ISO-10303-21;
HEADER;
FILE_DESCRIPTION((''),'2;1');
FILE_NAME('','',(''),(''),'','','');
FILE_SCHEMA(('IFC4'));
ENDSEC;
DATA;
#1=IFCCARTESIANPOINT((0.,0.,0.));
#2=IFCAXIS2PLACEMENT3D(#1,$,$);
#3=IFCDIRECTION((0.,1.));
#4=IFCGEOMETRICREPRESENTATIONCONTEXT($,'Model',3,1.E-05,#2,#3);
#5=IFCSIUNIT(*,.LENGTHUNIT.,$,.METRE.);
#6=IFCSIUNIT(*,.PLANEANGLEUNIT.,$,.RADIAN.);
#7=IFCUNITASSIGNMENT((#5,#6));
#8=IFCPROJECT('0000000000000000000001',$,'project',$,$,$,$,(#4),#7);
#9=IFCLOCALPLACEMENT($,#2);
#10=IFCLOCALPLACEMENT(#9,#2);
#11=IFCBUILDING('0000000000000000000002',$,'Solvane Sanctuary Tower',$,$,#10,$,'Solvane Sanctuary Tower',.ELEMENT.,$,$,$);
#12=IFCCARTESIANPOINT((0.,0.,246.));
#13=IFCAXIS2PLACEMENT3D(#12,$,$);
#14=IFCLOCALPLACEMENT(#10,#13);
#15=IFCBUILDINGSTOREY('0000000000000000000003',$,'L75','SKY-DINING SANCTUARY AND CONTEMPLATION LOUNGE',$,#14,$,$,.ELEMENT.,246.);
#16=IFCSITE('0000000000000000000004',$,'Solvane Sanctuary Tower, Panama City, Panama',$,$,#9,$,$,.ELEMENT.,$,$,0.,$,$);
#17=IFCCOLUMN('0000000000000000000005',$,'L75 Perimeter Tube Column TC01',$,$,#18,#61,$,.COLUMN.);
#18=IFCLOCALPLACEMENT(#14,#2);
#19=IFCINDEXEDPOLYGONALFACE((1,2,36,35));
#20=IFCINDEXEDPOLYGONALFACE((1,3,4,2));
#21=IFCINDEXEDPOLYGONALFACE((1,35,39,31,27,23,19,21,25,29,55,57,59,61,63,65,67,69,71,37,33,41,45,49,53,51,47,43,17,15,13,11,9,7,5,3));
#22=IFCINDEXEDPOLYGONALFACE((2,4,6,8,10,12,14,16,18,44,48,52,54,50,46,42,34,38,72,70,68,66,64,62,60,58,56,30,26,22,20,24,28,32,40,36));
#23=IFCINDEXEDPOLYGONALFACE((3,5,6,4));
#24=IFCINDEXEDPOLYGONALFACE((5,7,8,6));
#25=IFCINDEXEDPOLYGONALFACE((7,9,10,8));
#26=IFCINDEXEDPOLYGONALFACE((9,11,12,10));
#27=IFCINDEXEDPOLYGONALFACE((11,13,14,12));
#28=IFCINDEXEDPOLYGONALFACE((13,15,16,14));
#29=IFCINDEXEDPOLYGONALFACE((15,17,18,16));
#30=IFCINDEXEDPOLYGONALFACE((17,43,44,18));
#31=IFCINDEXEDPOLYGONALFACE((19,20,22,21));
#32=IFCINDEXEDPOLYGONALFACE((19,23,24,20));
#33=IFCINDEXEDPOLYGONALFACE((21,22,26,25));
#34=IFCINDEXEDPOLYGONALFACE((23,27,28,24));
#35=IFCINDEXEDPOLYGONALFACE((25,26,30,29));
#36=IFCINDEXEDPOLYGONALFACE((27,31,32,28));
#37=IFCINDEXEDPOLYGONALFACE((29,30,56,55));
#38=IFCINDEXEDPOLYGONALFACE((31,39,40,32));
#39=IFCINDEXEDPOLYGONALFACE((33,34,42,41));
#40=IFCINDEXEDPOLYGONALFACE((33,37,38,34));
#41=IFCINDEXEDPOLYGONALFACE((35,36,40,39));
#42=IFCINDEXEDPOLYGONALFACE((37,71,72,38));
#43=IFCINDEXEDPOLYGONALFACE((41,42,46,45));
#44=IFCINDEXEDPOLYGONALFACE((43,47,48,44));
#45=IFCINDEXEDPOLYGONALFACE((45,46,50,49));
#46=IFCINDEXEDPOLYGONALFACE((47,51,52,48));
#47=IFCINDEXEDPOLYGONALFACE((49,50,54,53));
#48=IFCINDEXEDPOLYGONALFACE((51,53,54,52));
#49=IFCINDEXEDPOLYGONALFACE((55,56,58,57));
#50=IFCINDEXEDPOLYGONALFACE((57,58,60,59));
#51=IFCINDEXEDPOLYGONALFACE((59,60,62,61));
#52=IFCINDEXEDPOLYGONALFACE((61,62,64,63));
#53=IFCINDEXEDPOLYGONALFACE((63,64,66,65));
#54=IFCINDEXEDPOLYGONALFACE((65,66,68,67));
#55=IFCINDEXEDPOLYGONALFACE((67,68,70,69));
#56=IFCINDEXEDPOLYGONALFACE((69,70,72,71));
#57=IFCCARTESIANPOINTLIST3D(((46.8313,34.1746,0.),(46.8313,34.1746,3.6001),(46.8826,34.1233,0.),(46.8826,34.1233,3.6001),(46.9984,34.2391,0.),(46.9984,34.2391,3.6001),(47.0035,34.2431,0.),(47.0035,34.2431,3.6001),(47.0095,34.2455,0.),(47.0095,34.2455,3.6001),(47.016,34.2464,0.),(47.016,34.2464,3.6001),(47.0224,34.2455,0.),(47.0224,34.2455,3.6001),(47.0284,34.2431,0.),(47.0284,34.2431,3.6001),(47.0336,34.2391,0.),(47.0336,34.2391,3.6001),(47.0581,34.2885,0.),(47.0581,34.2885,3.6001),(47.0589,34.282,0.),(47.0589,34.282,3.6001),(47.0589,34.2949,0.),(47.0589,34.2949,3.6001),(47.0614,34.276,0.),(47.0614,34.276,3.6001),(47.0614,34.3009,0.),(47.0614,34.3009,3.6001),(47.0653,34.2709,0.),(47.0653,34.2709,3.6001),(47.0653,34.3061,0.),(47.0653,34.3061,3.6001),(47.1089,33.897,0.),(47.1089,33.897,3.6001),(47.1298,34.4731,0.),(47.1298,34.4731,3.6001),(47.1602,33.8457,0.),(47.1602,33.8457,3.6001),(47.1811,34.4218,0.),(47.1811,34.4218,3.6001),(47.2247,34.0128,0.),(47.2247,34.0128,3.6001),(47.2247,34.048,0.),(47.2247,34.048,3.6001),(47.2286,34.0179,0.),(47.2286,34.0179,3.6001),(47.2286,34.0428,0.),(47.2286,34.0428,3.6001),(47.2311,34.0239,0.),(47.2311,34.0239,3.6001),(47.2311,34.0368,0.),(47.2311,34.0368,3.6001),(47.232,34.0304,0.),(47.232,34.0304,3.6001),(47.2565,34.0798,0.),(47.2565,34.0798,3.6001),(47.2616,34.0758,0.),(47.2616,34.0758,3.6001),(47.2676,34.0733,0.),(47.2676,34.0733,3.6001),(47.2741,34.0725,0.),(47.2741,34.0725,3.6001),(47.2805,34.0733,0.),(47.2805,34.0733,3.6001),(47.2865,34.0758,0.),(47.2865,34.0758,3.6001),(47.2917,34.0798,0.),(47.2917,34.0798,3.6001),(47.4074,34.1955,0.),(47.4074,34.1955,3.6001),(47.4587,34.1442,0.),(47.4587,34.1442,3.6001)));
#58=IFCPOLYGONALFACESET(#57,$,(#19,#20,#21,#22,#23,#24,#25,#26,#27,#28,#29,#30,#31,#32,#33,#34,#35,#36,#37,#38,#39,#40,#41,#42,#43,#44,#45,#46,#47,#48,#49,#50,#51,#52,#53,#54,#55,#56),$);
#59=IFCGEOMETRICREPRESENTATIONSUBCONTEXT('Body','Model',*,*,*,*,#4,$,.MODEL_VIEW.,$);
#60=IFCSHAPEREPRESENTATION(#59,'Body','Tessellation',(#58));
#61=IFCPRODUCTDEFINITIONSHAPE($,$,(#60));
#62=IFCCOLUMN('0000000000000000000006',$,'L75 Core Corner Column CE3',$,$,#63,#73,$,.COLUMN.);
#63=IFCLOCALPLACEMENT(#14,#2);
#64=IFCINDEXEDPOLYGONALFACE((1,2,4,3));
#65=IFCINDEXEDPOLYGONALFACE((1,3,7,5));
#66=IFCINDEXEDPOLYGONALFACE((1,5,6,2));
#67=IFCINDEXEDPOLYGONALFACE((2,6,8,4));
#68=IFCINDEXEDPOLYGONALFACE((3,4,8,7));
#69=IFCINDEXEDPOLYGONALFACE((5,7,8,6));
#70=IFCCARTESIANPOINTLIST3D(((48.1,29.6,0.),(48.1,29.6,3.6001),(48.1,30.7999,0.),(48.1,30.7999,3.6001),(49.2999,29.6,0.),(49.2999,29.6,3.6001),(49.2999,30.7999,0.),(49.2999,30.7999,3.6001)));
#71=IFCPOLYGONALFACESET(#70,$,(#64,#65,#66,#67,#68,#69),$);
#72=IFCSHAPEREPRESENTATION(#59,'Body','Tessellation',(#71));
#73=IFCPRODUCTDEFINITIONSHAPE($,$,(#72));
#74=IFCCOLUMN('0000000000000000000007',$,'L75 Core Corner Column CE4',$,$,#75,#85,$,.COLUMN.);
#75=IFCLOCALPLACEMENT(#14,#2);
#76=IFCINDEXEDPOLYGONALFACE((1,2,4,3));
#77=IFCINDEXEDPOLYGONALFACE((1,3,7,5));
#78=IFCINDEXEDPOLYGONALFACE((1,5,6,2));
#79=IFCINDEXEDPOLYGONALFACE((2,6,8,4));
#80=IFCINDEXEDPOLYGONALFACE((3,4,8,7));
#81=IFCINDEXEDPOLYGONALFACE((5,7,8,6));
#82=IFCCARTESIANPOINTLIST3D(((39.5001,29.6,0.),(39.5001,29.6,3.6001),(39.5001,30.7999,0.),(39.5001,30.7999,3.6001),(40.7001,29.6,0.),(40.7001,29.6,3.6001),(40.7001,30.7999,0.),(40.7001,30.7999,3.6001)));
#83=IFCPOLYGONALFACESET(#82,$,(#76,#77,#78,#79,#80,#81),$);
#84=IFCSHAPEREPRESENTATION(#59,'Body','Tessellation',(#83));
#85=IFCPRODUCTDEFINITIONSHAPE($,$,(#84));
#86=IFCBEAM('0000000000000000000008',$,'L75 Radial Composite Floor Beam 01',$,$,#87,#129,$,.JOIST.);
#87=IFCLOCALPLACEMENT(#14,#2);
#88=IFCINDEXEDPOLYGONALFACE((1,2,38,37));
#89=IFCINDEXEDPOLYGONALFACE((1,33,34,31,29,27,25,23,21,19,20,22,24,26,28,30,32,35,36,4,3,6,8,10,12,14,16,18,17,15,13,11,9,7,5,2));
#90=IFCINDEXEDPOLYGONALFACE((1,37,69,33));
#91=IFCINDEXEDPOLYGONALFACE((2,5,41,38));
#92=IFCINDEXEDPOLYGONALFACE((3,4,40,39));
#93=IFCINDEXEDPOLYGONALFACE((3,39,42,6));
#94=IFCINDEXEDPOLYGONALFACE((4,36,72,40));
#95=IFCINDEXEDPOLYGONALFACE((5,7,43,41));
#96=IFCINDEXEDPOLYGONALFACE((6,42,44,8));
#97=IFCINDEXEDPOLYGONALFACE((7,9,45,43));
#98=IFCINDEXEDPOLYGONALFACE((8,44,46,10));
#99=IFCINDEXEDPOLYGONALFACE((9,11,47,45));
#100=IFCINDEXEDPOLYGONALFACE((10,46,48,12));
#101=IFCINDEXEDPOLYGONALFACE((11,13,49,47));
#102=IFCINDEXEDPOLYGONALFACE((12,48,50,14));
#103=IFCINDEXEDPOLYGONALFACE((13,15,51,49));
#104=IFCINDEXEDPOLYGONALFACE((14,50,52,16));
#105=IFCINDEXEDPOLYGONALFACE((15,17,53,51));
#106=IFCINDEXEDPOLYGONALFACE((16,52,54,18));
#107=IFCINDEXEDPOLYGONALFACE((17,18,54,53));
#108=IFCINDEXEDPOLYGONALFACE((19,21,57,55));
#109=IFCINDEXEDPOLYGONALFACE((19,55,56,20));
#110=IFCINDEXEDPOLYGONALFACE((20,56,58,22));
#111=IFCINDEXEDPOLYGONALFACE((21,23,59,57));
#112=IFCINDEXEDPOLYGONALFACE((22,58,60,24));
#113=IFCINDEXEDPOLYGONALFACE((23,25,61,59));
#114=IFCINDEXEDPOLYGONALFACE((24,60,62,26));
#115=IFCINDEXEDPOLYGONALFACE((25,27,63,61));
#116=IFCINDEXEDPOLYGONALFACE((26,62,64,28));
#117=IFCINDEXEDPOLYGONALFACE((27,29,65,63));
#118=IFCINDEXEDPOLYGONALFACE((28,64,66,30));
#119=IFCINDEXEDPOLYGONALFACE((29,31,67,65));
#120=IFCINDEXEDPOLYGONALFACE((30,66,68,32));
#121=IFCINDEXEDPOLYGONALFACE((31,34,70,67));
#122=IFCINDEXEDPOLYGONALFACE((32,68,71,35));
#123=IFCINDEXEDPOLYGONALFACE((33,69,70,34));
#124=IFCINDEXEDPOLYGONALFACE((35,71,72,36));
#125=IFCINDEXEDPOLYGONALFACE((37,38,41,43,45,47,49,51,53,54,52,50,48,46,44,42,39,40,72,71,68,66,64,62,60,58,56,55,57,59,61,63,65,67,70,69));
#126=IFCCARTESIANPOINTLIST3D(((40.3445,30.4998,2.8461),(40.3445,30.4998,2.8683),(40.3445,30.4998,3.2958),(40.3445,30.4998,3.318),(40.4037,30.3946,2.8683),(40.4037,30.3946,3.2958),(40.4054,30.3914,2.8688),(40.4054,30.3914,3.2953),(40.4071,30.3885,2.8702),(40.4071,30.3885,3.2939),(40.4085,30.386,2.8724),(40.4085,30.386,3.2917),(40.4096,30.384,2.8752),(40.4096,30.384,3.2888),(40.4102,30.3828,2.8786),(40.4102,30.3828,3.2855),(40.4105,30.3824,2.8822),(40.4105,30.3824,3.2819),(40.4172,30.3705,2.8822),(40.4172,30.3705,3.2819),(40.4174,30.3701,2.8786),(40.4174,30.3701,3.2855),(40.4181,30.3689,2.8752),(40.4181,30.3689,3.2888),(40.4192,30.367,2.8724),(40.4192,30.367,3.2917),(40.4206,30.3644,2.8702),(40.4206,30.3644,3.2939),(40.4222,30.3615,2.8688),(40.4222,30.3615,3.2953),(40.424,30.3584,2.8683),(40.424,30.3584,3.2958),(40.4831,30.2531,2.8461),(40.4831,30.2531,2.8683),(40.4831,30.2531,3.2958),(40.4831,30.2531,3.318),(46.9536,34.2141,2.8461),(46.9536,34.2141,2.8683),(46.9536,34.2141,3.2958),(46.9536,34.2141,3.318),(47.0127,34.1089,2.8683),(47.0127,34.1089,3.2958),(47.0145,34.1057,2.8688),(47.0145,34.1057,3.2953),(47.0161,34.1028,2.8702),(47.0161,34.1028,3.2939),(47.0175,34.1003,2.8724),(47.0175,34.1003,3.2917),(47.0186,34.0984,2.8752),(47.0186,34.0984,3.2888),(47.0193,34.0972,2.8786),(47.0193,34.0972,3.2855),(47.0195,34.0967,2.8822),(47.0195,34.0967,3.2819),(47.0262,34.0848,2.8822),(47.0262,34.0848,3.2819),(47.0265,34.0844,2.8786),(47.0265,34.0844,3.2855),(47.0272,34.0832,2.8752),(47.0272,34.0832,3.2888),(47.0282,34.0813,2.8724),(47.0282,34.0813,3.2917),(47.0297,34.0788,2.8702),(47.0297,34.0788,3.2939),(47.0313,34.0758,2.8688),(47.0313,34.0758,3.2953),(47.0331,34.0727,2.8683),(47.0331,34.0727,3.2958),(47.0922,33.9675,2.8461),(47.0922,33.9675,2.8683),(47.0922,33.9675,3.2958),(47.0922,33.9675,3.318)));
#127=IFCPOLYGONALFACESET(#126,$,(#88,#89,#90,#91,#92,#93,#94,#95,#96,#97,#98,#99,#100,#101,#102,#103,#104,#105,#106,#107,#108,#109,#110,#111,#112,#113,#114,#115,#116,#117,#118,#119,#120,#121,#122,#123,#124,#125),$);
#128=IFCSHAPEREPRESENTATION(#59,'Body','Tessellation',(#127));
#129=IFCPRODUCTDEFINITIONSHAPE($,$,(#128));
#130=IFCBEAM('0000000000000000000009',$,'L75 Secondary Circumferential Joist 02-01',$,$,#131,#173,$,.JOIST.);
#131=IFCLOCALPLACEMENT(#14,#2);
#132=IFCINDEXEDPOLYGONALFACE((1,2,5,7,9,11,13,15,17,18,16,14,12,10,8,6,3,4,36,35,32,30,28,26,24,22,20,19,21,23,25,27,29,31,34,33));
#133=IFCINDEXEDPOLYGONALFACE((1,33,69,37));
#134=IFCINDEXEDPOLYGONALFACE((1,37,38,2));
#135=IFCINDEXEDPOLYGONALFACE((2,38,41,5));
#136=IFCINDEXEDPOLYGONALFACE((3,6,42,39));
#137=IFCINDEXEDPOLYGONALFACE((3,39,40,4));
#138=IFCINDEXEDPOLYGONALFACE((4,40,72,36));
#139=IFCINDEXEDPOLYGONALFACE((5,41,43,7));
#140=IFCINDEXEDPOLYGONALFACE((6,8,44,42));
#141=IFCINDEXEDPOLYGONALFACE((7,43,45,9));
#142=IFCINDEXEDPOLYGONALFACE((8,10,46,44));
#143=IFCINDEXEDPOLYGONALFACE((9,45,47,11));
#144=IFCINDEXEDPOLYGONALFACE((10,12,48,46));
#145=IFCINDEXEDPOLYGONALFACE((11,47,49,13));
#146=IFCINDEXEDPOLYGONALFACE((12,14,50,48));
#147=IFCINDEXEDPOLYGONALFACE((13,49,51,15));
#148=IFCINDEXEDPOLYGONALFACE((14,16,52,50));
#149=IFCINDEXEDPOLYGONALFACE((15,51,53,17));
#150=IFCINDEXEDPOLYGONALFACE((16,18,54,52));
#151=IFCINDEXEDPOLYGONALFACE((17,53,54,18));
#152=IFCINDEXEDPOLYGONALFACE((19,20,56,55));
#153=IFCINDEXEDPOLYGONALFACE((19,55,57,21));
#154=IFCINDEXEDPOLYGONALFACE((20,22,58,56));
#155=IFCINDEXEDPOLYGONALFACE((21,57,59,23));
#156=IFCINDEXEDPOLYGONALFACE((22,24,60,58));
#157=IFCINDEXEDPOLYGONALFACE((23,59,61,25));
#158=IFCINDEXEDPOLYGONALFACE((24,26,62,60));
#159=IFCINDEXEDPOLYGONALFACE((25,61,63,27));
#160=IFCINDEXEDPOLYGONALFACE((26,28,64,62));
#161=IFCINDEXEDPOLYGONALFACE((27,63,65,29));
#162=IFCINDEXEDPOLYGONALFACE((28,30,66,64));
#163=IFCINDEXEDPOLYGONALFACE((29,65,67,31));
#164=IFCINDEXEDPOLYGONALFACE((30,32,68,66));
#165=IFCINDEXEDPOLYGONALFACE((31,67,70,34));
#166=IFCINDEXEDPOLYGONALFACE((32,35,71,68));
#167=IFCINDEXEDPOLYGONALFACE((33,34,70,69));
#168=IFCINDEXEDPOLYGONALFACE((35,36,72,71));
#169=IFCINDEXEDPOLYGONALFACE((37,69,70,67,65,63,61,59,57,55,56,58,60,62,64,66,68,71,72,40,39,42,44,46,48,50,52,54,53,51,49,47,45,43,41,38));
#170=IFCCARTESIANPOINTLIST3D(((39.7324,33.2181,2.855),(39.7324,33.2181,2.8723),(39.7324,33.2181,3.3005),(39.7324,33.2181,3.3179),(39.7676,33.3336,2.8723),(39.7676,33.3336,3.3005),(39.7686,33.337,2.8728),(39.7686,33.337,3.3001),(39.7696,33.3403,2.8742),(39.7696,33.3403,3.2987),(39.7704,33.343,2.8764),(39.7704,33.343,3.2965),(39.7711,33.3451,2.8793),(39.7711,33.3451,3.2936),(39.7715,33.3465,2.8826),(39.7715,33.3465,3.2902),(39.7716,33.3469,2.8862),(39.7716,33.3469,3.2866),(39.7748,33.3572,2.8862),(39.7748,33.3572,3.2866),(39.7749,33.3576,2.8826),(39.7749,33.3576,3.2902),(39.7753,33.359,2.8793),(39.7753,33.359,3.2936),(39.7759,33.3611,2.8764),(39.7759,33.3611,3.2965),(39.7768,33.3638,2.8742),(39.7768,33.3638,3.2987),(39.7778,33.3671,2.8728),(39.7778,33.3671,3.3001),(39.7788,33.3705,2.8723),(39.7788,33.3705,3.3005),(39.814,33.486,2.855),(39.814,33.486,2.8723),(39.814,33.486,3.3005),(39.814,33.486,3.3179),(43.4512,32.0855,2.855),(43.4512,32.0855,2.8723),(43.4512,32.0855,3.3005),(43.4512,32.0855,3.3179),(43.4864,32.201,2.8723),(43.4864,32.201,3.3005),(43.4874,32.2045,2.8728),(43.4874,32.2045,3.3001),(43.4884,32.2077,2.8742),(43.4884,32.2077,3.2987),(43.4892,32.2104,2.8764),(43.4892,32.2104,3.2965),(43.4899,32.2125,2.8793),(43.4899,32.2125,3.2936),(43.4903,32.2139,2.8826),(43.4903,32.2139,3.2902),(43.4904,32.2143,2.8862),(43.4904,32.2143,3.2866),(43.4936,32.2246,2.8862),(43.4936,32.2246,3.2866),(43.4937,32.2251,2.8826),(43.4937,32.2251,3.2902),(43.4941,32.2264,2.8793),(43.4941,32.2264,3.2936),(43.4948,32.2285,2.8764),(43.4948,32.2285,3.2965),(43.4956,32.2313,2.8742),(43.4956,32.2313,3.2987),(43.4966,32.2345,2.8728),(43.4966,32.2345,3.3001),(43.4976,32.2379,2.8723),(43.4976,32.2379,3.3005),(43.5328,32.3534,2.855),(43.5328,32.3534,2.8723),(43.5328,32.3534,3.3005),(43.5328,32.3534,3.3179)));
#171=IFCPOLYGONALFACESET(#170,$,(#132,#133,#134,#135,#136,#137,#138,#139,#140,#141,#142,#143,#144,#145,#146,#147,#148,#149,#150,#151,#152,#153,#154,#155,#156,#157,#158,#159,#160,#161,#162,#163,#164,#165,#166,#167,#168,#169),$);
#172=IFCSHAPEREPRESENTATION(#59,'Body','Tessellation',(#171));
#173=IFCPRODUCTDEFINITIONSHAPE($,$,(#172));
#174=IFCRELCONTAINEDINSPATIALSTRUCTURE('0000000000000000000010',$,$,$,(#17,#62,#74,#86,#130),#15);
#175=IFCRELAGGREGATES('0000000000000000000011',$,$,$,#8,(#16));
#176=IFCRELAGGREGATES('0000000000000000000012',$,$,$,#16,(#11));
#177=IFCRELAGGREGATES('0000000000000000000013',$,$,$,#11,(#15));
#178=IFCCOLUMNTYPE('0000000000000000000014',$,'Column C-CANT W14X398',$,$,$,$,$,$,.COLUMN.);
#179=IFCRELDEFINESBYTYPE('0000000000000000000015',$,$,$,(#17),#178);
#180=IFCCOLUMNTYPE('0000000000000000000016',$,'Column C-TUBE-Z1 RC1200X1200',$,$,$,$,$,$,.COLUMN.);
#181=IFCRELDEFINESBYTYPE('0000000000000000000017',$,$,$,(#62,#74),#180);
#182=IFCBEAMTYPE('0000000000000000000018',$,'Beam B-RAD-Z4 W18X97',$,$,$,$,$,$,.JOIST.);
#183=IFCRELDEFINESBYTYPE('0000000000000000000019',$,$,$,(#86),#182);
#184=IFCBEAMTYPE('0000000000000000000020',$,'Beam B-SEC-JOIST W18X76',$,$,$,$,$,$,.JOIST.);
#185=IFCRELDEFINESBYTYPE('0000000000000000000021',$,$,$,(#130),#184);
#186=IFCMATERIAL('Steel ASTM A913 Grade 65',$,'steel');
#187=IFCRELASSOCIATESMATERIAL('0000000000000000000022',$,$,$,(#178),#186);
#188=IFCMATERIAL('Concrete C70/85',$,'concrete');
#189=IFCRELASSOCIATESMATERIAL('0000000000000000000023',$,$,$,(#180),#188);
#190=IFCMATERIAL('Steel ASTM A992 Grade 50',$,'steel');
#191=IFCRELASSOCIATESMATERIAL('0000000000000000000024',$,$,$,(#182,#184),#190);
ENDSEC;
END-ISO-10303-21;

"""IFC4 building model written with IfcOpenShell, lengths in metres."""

from ifc_helpers import new_model, si_unit, direction, frame, origin, origin_2d, place, context, subcontext, project, spatial, rectangle, i_section, extrude, material, material_profile, profile_set, type_object, element, save


model = new_model("IFC4")

# Units and contexts
model_context = context("Model", 3, precision=1e-05, world=origin(), true_north=direction((0.0, 1.0)))
body_context = subcontext(model_context, "Body", "Model", "MODEL_VIEW")
ifc_project = project(units=[si_unit("LENGTHUNIT", "METRE"), si_unit("PLANEANGLEUNIT", "RADIAN")], contexts=[model_context])

# Site, building, storey
site_placement = place(None, origin())
site = spatial("IfcSite", under=ifc_project, at=site_placement, Name="Solvane Sanctuary Tower, Panama City, Panama", CompositionType="ELEMENT", RefElevation=0.0)
building_placement = place(site_placement, origin())
building = spatial("IfcBuilding", under=site, at=building_placement, Name="Solvane Sanctuary Tower", LongName="Solvane Sanctuary Tower", CompositionType="ELEMENT")
storey_placement = place(building_placement, frame((0.0, 0.0, 246.0)))
storey = spatial("IfcBuildingStorey", under=building, at=storey_placement, Name="L75", Description="SKY-DINING SANCTUARY AND CONTEMPLATION LOUNGE", CompositionType="ELEMENT", Elevation=246.0)

# Columns
ifc_material_1 = material(Name="Steel ASTM A913 Grade 65", Category="steel")
ifc_material_profile_1 = material_profile(ifc_material_1, i_section(OverallWidth=0.4221, OverallDepth=0.4651, WebThickness=0.0449, FlangeThickness=0.0725, FilletRadius=0.0249, at=origin_2d()), Name="W14X398")
ifc_profile_set_1 = profile_set([ifc_material_profile_1], Name="Steel ASTM A913 Grade 65")
column_type_1 = type_object("IfcColumnType", Name="Column C-CANT W14X398", PredefinedType="COLUMN", material=ifc_profile_set_1)
column_placement = place(storey_placement, frame((47.145, 34.1594, 0.0), z_axis=(0.0, 0.0, 1.0), x_axis=(0.707107, 0.707107, 0.0)))
element("IfcColumn", 1, at=column_placement, inside=storey, type_object=column_type_1, Name="L75 Perimeter Tube Column TC01", PredefinedType="COLUMN", context=body_context, shape_type="SweptSolid", body=[
    extrude(i_section(OverallWidth=0.4221, OverallDepth=0.4651, WebThickness=0.0449, FlangeThickness=0.0725, FilletRadius=0.0249, at=origin_2d()), origin(), (0.0, 0.0, 1.0), 3.6001),
])
ifc_material_2 = material(Name="Concrete C70/85", Category="concrete")
ifc_material_profile_2 = material_profile(ifc_material_2, rectangle(XDim=1.2, YDim=1.2, at=origin_2d()), Name="RC1200X1200")
ifc_profile_set_2 = profile_set([ifc_material_profile_2], Name="Concrete C70/85")
column_type_2 = type_object("IfcColumnType", Name="Column C-TUBE-Z1 RC1200X1200", PredefinedType="COLUMN", material=ifc_profile_set_2)
for number, where, z_axis, x_axis, name in (
    (2, (48.7, 30.2, 0.0), (0.0, 0.0, 1.0), (1.0, 0.0, 0.0), "L75 Core Corner Column CE3"),
    (3, (40.1001, 30.2, 0.0), (0.0, 0.0, 1.0), (1.0, 0.0, 0.0), "L75 Core Corner Column CE4"),
):
    element("IfcColumn", number, at=place(storey_placement, frame(where, z_axis=z_axis, x_axis=x_axis)), inside=storey, type_object=column_type_2, Name=name, PredefinedType="COLUMN", context=body_context, shape_type="SweptSolid", body=[
        extrude(rectangle(XDim=1.2, YDim=1.2, at=origin_2d()), origin(), (0.0, 0.0, 1.0), 3.6001),
    ])

# Beams
ifc_material_3 = material(Name="Steel ASTM A992 Grade 50", Category="steel")
ifc_material_profile_3 = material_profile(ifc_material_3, i_section(OverallWidth=0.283, OverallDepth=0.4719, WebThickness=0.0137, FlangeThickness=0.0222, FilletRadius=0.0139, at=origin_2d()), Name="W18X97")
ifc_profile_set_3 = profile_set([ifc_material_profile_3], Name="Steel ASTM A992 Grade 50")
beam_type_1 = type_object("IfcBeamType", Name="Beam B-RAD-Z4 W18X97", PredefinedType="JOIST", material=ifc_profile_set_3)
beam_1_placement = place(storey_placement, frame((40.4138, 30.3765, 3.082), z_axis=(0.87176, 0.489932, 0.0), x_axis=(-0.489932, 0.87176, 0.0)))
element("IfcBeam", 4, at=beam_1_placement, inside=storey, type_object=beam_type_1, Name="L75 Radial Composite Floor Beam 01", PredefinedType="JOIST", context=body_context, shape_type="SweptSolid", body=[
    extrude(i_section(OverallWidth=0.283, OverallDepth=0.4719, WebThickness=0.0137, FlangeThickness=0.0222, FilletRadius=0.0139, at=origin_2d()), origin(), (0.0, 0.0, 1.0), 7.5813),
])
ifc_material_profile_4 = material_profile(ifc_material_3, i_section(OverallWidth=0.28, OverallDepth=0.4629, WebThickness=0.0107, FlangeThickness=0.0173, FilletRadius=0.0139, at=origin_2d()), Name="W18X76")
ifc_profile_set_4 = profile_set([ifc_material_profile_4], Name="Steel ASTM A992 Grade 50")
beam_type_2 = type_object("IfcBeamType", Name="Beam B-SEC-JOIST W18X76", PredefinedType="JOIST", material=ifc_profile_set_4)
beam_2_placement = place(storey_placement, frame((39.7732, 33.3521, 3.0864), z_axis=(0.956618, -0.291344, 0.0), x_axis=(0.291344, 0.956618, 0.0)))
element("IfcBeam", 5, at=beam_2_placement, inside=storey, type_object=beam_type_2, Name="L75 Secondary Circumferential Joist 02-01", PredefinedType="JOIST", context=body_context, shape_type="SweptSolid", body=[
    extrude(i_section(OverallWidth=0.28, OverallDepth=0.4629, WebThickness=0.0107, FlangeThickness=0.0173, FilletRadius=0.0139, at=origin_2d()), origin(), (0.0, 0.0, 1.0), 3.8875),
])

save(model, "model.ifc")
